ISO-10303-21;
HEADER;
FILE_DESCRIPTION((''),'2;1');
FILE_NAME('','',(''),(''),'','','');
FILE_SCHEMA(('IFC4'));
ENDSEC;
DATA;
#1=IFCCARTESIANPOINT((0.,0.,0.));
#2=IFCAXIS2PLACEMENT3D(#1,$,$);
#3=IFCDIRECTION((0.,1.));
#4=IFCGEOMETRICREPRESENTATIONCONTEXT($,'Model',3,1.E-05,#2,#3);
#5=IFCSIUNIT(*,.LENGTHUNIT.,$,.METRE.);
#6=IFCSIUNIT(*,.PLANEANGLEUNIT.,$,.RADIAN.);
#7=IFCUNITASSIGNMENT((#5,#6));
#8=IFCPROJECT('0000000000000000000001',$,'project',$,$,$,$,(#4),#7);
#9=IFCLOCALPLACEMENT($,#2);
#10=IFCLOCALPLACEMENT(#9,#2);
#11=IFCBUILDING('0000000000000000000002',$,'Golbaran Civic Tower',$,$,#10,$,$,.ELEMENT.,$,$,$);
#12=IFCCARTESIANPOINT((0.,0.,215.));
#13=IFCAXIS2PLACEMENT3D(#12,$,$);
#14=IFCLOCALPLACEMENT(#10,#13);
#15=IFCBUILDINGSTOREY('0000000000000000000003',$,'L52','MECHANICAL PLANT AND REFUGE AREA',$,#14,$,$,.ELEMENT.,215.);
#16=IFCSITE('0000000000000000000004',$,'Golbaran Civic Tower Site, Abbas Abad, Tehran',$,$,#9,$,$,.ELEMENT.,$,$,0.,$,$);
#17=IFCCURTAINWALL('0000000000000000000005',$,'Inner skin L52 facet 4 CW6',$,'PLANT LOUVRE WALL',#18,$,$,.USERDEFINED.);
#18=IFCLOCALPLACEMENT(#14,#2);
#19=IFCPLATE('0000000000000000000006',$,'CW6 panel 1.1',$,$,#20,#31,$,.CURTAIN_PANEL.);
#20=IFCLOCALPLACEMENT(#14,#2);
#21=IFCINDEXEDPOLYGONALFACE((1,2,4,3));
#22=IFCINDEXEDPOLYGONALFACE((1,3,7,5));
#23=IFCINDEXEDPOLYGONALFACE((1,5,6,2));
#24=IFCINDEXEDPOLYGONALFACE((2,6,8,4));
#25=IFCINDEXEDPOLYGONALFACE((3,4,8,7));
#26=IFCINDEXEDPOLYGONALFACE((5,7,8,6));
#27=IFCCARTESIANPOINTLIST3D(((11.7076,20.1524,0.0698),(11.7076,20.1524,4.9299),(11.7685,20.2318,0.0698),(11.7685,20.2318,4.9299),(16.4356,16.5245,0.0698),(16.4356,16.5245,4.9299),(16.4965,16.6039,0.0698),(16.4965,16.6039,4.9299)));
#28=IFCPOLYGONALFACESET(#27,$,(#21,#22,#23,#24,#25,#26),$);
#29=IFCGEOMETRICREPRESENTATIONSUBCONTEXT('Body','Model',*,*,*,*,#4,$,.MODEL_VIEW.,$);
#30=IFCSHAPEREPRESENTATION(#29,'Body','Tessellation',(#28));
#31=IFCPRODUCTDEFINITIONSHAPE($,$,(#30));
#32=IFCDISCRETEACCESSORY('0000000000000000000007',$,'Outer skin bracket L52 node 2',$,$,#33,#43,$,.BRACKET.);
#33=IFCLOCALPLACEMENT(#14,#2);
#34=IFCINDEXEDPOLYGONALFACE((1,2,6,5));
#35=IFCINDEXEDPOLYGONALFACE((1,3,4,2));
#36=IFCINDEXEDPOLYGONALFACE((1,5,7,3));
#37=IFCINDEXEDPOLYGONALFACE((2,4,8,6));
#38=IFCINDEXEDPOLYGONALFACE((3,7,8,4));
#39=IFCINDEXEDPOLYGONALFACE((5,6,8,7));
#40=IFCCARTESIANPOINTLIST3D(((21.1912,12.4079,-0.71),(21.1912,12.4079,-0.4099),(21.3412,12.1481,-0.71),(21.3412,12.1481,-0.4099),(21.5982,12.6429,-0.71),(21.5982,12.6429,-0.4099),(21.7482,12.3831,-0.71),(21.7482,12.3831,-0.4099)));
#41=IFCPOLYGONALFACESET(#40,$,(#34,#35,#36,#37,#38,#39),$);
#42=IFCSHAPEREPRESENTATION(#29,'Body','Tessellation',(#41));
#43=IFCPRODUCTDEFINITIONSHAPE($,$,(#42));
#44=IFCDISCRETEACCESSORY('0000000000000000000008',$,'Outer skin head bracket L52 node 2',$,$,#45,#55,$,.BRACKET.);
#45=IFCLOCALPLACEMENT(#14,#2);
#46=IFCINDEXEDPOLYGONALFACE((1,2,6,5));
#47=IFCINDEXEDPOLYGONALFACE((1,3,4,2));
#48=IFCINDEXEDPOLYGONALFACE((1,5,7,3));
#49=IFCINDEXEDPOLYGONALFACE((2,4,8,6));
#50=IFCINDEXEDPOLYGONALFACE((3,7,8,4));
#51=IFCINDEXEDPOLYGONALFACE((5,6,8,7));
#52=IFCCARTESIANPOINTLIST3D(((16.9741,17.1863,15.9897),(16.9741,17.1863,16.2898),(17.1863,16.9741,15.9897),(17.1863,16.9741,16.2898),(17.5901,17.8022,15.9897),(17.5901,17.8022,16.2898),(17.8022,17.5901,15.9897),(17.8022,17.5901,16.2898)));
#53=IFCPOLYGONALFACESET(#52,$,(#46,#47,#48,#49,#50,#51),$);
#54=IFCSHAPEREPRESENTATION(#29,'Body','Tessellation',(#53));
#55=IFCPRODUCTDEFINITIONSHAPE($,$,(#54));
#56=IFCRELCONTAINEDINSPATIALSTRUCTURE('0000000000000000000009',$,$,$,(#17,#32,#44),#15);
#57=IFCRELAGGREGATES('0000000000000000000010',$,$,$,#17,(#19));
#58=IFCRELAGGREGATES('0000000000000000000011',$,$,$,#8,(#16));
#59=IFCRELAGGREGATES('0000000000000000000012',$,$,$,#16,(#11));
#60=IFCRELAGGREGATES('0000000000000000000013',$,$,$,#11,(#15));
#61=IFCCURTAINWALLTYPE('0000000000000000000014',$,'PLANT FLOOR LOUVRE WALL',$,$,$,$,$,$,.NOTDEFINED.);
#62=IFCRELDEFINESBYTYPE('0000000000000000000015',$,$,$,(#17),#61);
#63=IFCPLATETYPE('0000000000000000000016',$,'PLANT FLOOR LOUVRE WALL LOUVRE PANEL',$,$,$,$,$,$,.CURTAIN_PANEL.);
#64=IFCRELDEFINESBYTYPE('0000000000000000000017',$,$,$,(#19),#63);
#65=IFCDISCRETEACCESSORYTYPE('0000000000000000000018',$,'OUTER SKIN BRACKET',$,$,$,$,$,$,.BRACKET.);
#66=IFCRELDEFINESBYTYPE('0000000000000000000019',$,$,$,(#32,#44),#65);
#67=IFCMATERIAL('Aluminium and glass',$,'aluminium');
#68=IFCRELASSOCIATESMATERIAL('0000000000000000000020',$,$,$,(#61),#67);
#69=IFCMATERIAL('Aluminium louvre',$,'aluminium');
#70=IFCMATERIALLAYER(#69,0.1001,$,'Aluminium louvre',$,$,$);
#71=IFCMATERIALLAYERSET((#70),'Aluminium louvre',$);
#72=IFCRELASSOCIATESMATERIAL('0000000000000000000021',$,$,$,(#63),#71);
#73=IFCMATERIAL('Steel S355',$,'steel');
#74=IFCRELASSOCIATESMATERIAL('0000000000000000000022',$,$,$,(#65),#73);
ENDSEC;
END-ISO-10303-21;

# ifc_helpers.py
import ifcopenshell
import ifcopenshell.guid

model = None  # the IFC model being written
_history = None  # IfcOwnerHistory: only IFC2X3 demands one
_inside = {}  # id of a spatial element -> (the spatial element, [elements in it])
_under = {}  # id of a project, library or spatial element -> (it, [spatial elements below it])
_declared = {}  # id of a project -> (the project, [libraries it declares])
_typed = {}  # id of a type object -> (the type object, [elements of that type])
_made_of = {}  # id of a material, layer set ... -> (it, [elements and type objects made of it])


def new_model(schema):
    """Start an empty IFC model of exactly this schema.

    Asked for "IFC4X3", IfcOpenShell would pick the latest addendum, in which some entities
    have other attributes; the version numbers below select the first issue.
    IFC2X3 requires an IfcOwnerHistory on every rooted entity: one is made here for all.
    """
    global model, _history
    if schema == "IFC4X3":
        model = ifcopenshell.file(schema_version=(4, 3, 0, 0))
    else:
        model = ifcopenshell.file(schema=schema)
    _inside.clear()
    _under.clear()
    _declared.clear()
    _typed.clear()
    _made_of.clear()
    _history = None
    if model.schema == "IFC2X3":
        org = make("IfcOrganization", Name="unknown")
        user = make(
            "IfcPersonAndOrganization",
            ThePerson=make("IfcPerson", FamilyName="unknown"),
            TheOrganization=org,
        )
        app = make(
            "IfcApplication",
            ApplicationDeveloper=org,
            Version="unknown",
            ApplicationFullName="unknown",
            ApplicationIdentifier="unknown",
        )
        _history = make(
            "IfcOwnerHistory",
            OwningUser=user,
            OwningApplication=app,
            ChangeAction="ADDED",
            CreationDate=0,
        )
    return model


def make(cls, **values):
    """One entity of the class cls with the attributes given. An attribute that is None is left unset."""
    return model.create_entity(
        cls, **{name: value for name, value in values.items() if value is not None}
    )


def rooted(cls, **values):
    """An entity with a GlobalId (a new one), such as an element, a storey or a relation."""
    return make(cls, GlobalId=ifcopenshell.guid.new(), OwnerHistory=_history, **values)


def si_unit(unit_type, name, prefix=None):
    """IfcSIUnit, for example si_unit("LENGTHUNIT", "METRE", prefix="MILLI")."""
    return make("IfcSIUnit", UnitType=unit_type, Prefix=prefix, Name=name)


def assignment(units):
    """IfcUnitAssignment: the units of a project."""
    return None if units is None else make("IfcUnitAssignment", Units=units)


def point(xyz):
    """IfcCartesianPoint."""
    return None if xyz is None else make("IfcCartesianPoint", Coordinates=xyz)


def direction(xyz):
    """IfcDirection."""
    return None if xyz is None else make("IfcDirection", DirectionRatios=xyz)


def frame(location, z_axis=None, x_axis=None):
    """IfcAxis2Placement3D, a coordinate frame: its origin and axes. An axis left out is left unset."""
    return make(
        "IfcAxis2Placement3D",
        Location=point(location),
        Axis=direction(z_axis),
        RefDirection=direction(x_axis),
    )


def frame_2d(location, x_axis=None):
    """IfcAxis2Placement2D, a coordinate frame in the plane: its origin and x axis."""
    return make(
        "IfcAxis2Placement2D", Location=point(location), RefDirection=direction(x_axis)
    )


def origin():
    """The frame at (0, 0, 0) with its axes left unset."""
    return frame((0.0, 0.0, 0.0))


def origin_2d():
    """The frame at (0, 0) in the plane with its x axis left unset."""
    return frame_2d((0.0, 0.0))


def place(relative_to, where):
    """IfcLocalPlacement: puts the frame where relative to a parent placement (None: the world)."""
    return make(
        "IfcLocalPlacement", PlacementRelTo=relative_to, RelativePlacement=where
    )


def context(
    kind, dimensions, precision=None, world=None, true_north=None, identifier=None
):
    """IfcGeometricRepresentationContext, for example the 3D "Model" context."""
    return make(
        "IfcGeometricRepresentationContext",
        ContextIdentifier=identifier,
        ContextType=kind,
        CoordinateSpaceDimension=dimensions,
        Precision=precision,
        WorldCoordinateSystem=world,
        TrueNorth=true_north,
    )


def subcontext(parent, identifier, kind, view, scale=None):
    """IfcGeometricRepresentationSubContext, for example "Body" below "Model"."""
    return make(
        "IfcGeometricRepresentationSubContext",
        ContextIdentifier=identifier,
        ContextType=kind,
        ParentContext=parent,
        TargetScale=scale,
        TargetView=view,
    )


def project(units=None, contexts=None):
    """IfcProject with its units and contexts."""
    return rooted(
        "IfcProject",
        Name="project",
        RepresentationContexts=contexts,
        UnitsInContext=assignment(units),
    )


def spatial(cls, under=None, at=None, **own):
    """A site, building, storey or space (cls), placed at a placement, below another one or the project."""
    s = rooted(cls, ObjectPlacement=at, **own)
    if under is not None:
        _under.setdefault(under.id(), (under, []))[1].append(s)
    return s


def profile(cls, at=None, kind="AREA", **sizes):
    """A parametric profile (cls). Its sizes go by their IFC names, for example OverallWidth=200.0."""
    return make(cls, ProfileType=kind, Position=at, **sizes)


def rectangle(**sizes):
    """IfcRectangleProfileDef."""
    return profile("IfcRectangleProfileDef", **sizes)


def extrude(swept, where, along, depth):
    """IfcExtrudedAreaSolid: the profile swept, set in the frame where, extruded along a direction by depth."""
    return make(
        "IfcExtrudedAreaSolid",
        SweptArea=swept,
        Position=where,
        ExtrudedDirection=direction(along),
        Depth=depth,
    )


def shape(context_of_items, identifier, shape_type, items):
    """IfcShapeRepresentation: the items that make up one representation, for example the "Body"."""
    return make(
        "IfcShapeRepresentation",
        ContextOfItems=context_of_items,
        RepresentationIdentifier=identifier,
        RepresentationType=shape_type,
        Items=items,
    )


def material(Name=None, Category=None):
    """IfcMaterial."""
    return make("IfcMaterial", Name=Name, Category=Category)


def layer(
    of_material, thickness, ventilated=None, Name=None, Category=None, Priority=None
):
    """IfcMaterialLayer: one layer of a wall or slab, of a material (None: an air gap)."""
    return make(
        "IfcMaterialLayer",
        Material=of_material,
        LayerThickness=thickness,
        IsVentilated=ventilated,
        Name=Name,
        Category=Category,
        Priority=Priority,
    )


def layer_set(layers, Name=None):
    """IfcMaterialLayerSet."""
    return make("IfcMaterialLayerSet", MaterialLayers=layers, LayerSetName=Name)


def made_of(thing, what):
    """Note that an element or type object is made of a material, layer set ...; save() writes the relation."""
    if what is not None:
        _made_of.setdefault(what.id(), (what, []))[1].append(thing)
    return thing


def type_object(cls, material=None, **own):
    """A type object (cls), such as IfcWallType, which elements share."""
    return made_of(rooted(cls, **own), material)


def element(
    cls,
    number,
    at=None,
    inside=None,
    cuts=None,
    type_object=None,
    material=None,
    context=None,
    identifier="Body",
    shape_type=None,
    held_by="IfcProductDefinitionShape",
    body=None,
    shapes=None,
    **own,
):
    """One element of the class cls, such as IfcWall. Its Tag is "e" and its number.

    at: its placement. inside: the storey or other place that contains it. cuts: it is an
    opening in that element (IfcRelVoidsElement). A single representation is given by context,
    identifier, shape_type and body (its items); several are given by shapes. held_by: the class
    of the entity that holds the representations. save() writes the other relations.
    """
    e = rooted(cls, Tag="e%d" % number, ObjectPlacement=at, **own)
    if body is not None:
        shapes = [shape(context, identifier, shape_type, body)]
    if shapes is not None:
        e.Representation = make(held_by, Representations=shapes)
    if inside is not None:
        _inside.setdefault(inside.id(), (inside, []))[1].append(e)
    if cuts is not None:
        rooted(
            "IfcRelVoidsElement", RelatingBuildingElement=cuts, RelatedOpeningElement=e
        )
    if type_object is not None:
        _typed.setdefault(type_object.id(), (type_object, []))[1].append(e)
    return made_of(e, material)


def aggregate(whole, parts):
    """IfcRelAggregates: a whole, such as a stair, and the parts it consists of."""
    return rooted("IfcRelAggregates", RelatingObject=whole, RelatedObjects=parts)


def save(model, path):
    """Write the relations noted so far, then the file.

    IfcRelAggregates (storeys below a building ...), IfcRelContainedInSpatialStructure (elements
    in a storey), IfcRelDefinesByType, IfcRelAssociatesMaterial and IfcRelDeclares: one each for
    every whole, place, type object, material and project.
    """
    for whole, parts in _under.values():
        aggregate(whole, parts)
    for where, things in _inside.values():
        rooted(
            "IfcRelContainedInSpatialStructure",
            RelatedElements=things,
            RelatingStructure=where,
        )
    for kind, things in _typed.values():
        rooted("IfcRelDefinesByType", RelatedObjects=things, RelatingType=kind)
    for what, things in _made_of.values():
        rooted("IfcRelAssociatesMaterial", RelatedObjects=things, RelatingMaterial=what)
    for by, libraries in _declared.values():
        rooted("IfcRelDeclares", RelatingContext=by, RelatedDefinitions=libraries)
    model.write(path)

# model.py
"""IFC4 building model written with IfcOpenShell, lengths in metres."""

from ifc_helpers import new_model, si_unit, direction, frame, origin, origin_2d, place, context, subcontext, project, spatial, rectangle, extrude, material, layer, layer_set, type_object, element, aggregate, save


model = new_model("IFC4")

# Units and contexts
model_context = context("Model", 3, precision=1e-05, world=origin(), true_north=direction((0.0, 1.0)))
body_context = subcontext(model_context, "Body", "Model", "MODEL_VIEW")
ifc_project = project(units=[si_unit("LENGTHUNIT", "METRE"), si_unit("PLANEANGLEUNIT", "RADIAN")], contexts=[model_context])

# Site, building, storey
site_placement = place(None, origin())
site = spatial("IfcSite", under=ifc_project, at=site_placement, Name="Golbaran Civic Tower Site, Abbas Abad, Tehran", CompositionType="ELEMENT", RefElevation=0.0)
building_placement = place(site_placement, origin())
building = spatial("IfcBuilding", under=site, at=building_placement, Name="Golbaran Civic Tower", CompositionType="ELEMENT")
storey_placement = place(building_placement, frame((0.0, 0.0, 215.0)))
storey = spatial("IfcBuildingStorey", under=building, at=storey_placement, Name="L52", Description="MECHANICAL PLANT AND REFUGE AREA", CompositionType="ELEMENT", Elevation=215.0)

# Shared definitions
ifc_material_1 = material(Name="Steel S355", Category="steel")

# Shared definitions
ifc_material_2 = material(Name="Aluminium and glass", Category="aluminium")

# Shared definitions
curtain_wall_type_1 = type_object("IfcCurtainWallType", Name="PLANT FLOOR LOUVRE WALL", PredefinedType="NOTDEFINED", material=ifc_material_2)

# Curtain wall
curtain_wall_1_placement = place(storey_placement, origin())
curtain_wall_1 = element("IfcCurtainWall", 1, at=curtain_wall_1_placement, inside=storey, type_object=curtain_wall_type_1, Name="Inner skin L52 facet 4 CW6", ObjectType="PLANT LOUVRE WALL", PredefinedType="USERDEFINED")

# Plate
ifc_material_3 = material(Name="Aluminium louvre", Category="aluminium")
ifc_layer_1 = layer(ifc_material_3, 0.1001, Name="Aluminium louvre")
ifc_layer_set_1 = layer_set([ifc_layer_1], Name="Aluminium louvre")
plate_type_1 = type_object("IfcPlateType", Name="PLANT FLOOR LOUVRE WALL LOUVRE PANEL", PredefinedType="CURTAIN_PANEL", material=ifc_layer_set_1)
plate_1_placement = place(storey_placement, frame((14.1021, 18.3782, 0.0698), z_axis=(0.0, 0.0, 1.0), x_axis=(-0.793353, 0.608761, 0.0)))
plate_1 = element("IfcPlate", 2, at=plate_1_placement, type_object=plate_type_1, Name="CW6 panel 1.1", PredefinedType="CURTAIN_PANEL", context=body_context, shape_type="SweptSolid", body=[
    extrude(rectangle(XDim=5.9595, YDim=0.1001, at=origin_2d()), origin(), (0.0, 0.0, 1.0), 4.8601),
])
aggregate(curtain_wall_1, [plate_1])

# Discrete accessories
discrete_accessory_type = type_object("IfcDiscreteAccessoryType", Name="OUTER SKIN BRACKET", PredefinedType="BRACKET", material=ifc_material_1)
discrete_accessory_1_placement = place(storey_placement, frame((21.4697, 12.3955, -0.71), z_axis=(0.0, 0.0, 1.0), x_axis=(0.866025, 0.5, 0.0)))
element("IfcDiscreteAccessory", 3, at=discrete_accessory_1_placement, inside=storey, type_object=discrete_accessory_type, Name="Outer skin bracket L52 node 2", PredefinedType="BRACKET", context=body_context, shape_type="SweptSolid", body=[
    extrude(rectangle(XDim=0.47, YDim=0.3, at=origin_2d()), origin(), (0.0, 0.0, 1.0), 0.3),
])
discrete_accessory_2_placement = place(storey_placement, frame((17.3882, 17.3882, 15.9897), z_axis=(0.0, 0.0, 1.0), x_axis=(0.707107, 0.707107, 0.0)))
element("IfcDiscreteAccessory", 4, at=discrete_accessory_2_placement, inside=storey, type_object=discrete_accessory_type, Name="Outer skin head bracket L52 node 2", PredefinedType="BRACKET", context=body_context, shape_type="SweptSolid", body=[
    extrude(rectangle(XDim=0.8711, YDim=0.3, at=origin_2d()), origin(), (0.0, 0.0, 1.0), 0.3),
])

save(model, "model.ifc")
